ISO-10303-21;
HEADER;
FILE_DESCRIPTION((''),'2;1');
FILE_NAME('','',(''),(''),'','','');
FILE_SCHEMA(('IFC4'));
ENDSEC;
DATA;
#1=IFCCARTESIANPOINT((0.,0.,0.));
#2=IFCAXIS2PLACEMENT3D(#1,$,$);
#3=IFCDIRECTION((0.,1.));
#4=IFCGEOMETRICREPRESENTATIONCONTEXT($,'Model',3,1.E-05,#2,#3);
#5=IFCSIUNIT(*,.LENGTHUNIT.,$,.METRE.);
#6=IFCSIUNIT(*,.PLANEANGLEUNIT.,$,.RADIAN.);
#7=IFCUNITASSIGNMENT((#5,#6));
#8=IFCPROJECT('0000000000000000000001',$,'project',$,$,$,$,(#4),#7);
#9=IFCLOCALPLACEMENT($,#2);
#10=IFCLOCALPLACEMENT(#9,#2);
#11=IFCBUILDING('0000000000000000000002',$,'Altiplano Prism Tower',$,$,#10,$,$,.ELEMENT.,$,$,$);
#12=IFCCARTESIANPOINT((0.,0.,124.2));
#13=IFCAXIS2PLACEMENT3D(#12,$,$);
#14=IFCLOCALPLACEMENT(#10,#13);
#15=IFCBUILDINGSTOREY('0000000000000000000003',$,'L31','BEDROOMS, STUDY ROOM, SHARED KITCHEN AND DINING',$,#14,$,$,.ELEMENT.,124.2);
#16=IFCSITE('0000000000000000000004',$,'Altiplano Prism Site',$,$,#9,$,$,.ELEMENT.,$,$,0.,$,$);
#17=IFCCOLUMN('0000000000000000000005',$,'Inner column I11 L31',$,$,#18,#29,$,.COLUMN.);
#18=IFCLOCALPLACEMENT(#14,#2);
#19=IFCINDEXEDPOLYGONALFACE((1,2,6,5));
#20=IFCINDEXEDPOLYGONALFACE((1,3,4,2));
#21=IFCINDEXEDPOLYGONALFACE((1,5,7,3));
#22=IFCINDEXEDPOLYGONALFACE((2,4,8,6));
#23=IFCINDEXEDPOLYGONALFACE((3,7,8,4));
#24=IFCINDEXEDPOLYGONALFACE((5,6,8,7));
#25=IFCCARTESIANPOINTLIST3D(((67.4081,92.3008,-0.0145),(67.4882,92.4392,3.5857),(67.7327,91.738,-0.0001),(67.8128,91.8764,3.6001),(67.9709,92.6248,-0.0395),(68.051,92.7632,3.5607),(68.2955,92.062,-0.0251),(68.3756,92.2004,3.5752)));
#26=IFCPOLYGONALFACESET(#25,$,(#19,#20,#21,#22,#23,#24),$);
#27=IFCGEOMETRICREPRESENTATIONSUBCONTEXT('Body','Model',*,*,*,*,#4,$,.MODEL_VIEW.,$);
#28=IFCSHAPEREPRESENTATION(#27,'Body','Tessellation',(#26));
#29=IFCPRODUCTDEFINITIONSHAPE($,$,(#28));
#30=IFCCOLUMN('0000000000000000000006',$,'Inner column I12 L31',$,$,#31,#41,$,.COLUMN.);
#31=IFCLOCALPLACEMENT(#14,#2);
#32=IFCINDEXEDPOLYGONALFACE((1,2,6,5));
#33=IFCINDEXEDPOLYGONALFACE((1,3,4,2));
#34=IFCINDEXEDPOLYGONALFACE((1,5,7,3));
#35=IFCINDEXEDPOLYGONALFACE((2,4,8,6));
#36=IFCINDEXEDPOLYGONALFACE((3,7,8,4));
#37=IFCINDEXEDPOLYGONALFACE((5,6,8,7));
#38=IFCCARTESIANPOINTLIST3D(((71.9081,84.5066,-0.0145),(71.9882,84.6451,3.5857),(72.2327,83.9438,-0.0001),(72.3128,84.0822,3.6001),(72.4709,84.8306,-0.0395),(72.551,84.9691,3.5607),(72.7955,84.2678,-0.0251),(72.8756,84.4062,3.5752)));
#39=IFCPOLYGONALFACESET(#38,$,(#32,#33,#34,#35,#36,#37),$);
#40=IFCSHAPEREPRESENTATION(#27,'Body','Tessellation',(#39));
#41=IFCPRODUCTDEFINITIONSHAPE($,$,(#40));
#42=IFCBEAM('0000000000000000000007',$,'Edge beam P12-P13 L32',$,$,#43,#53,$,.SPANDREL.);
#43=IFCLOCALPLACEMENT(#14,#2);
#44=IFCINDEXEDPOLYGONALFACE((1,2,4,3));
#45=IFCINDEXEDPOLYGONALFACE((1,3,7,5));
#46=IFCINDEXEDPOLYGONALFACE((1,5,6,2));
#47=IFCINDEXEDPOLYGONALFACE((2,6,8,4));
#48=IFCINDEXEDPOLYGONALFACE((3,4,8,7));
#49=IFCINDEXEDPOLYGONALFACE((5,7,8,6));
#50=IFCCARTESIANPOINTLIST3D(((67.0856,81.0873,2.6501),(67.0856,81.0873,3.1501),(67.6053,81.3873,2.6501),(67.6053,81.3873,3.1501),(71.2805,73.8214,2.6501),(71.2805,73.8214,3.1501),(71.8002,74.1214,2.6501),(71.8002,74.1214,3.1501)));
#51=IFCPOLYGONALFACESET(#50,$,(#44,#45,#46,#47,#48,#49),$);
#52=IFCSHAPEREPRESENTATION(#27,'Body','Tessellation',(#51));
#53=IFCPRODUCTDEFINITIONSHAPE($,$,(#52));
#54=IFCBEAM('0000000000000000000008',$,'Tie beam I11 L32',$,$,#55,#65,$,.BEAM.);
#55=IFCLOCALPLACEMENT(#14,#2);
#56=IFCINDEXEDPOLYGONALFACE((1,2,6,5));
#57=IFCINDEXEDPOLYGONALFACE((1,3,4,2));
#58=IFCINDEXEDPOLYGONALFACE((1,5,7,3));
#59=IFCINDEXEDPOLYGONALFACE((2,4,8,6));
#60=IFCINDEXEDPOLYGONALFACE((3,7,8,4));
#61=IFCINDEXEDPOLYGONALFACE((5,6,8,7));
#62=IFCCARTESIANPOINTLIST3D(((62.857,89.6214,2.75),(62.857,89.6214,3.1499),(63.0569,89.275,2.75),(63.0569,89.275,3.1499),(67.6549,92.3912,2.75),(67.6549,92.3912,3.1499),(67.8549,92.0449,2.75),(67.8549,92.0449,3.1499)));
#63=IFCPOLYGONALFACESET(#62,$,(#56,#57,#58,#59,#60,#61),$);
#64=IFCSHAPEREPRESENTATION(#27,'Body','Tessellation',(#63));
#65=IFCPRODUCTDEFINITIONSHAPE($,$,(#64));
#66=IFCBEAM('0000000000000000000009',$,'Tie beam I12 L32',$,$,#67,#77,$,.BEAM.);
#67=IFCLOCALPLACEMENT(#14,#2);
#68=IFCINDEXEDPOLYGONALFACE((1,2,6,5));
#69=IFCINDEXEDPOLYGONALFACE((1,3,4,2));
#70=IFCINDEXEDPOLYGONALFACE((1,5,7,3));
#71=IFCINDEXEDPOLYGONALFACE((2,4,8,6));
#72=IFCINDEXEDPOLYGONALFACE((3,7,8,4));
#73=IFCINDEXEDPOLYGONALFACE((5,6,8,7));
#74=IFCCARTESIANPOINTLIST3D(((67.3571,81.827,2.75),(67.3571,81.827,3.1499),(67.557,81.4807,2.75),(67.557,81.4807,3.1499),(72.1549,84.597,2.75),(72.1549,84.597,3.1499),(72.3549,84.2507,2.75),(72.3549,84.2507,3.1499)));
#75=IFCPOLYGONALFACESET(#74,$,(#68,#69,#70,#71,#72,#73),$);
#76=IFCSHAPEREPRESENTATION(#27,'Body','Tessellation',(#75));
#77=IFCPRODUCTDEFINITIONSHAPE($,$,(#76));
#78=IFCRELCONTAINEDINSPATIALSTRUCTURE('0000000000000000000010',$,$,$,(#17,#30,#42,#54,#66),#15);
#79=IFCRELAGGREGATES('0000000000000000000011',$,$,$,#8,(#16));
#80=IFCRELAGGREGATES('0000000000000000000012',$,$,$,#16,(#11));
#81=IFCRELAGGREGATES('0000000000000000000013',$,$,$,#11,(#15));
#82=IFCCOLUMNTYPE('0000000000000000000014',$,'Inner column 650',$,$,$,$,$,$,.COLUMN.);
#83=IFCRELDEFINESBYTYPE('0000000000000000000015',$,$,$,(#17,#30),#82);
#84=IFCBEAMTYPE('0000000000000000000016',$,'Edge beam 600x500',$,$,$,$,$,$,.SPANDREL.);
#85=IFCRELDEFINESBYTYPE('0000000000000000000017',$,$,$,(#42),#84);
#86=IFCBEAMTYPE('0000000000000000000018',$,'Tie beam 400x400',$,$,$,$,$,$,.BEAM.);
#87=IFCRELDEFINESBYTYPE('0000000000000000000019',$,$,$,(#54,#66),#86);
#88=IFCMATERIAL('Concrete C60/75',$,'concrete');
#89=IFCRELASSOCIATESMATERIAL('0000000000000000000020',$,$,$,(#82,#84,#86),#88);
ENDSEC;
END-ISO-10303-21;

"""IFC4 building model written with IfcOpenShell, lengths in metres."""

from ifc_helpers import new_model, si_unit, direction, frame, origin, origin_2d, place, context, subcontext, project, spatial, rectangle, extrude, material, material_profile, profile_set, type_object, element, save


model = new_model("IFC4")

# Units and contexts
model_context = context("Model", 3, precision=1e-05, world=origin(), true_north=direction((0.0, 1.0)))
body_context = subcontext(model_context, "Body", "Model", "MODEL_VIEW")
ifc_project = project(units=[si_unit("LENGTHUNIT", "METRE"), si_unit("PLANEANGLEUNIT", "RADIAN")], contexts=[model_context])

# Site, building, storey
site_placement = place(None, origin())
site = spatial("IfcSite", under=ifc_project, at=site_placement, Name="Altiplano Prism Site", CompositionType="ELEMENT", RefElevation=0.0)
building_placement = place(site_placement, origin())
building = spatial("IfcBuilding", under=site, at=building_placement, Name="Altiplano Prism Tower", CompositionType="ELEMENT")
storey_placement = place(building_placement, frame((0.0, 0.0, 124.2)))
storey = spatial("IfcBuildingStorey", under=building, at=storey_placement, Name="L31", Description="BEDROOMS, STUDY ROOM, SHARED KITCHEN AND DINING", CompositionType="ELEMENT", Elevation=124.2)

# Columns
ifc_material_1 = material(Name="Concrete C60/75", Category="concrete")
ifc_material_profile_1 = material_profile(ifc_material_1, rectangle(XDim=0.6499, YDim=0.6499, at=origin_2d()), Name="Inner column 650")
ifc_profile_set_1 = profile_set([ifc_material_profile_1], Name="Concrete C60/75")
column_type = type_object("IfcColumnType", Name="Inner column 650", PredefinedType="COLUMN", material=ifc_profile_set_1)
for number, where, z_axis, x_axis, name in (
    (1, (67.8518, 92.1814, -0.0198), (0.022221, 0.038413, 0.999015), (-0.866024, -0.498523, 0.038432), "Inner column I11 L31"),
    (2, (72.3518, 84.3872, -0.0198), (0.022221, 0.038413, 0.999015), (-0.866026, -0.49852, 0.038432), "Inner column I12 L31"),
):
    element("IfcColumn", number, at=place(storey_placement, frame(where, z_axis=z_axis, x_axis=x_axis)), inside=storey, type_object=column_type, Name=name, PredefinedType="COLUMN", context=body_context, shape_type="SweptSolid", body=[
        extrude(rectangle(XDim=0.6499, YDim=0.6499, at=origin_2d()), origin(), (0.0, 0.0, 1.0), 3.6038),
    ])

# Beams
ifc_material_profile_2 = material_profile(ifc_material_1, rectangle(XDim=0.6001, YDim=0.5, at=origin_2d()), Name="Edge beam 600x500")
ifc_profile_set_2 = profile_set([ifc_material_profile_2], Name="Concrete C60/75")
beam_type_1 = type_object("IfcBeamType", Name="Edge beam 600x500", PredefinedType="SPANDREL", material=ifc_profile_set_2)
beam_placement = place(storey_placement, frame((67.3455, 81.2373, 2.9001), z_axis=(0.499989, -0.866032, 0.0), x_axis=(0.866032, 0.499989, 0.0)))
element("IfcBeam", 3, at=beam_placement, inside=storey, type_object=beam_type_1, Name="Edge beam P12-P13 L32", PredefinedType="SPANDREL", context=body_context, shape_type="SweptSolid", body=[
    extrude(rectangle(XDim=0.6001, YDim=0.5, at=origin_2d()), origin(), (0.0, 0.0, 1.0), 8.3899),
])
ifc_material_profile_3 = material_profile(ifc_material_1, rectangle(XDim=0.3999, YDim=0.3999, at=origin_2d()), Name="Tie beam 400x400")
ifc_profile_set_3 = profile_set([ifc_material_profile_3], Name="Concrete C60/75")
beam_type_2 = type_object("IfcBeamType", Name="Tie beam 400x400", PredefinedType="BEAM", material=ifc_profile_set_3)
for number, where, z_axis, x_axis, name in (
    (4, (67.7549, 92.218, 2.95), (-0.866046, -0.499964, 0.0), (0.499964, -0.866046, 0.0), "Tie beam I11 L32"),
    (5, (72.2549, 84.4238, 2.95), (-0.866027, -0.499997, 0.0), (0.499997, -0.866027, 0.0), "Tie beam I12 L32"),
):
    element("IfcBeam", number, at=place(storey_placement, frame(where, z_axis=z_axis, x_axis=x_axis)), inside=storey, type_object=beam_type_2, Name=name, PredefinedType="BEAM", context=body_context, shape_type="SweptSolid", body=[
        extrude(rectangle(XDim=0.3999, YDim=0.3999, at=origin_2d()), origin(), (0.0, 0.0, 1.0), 5.54),
    ])

save(model, "model.ifc")
